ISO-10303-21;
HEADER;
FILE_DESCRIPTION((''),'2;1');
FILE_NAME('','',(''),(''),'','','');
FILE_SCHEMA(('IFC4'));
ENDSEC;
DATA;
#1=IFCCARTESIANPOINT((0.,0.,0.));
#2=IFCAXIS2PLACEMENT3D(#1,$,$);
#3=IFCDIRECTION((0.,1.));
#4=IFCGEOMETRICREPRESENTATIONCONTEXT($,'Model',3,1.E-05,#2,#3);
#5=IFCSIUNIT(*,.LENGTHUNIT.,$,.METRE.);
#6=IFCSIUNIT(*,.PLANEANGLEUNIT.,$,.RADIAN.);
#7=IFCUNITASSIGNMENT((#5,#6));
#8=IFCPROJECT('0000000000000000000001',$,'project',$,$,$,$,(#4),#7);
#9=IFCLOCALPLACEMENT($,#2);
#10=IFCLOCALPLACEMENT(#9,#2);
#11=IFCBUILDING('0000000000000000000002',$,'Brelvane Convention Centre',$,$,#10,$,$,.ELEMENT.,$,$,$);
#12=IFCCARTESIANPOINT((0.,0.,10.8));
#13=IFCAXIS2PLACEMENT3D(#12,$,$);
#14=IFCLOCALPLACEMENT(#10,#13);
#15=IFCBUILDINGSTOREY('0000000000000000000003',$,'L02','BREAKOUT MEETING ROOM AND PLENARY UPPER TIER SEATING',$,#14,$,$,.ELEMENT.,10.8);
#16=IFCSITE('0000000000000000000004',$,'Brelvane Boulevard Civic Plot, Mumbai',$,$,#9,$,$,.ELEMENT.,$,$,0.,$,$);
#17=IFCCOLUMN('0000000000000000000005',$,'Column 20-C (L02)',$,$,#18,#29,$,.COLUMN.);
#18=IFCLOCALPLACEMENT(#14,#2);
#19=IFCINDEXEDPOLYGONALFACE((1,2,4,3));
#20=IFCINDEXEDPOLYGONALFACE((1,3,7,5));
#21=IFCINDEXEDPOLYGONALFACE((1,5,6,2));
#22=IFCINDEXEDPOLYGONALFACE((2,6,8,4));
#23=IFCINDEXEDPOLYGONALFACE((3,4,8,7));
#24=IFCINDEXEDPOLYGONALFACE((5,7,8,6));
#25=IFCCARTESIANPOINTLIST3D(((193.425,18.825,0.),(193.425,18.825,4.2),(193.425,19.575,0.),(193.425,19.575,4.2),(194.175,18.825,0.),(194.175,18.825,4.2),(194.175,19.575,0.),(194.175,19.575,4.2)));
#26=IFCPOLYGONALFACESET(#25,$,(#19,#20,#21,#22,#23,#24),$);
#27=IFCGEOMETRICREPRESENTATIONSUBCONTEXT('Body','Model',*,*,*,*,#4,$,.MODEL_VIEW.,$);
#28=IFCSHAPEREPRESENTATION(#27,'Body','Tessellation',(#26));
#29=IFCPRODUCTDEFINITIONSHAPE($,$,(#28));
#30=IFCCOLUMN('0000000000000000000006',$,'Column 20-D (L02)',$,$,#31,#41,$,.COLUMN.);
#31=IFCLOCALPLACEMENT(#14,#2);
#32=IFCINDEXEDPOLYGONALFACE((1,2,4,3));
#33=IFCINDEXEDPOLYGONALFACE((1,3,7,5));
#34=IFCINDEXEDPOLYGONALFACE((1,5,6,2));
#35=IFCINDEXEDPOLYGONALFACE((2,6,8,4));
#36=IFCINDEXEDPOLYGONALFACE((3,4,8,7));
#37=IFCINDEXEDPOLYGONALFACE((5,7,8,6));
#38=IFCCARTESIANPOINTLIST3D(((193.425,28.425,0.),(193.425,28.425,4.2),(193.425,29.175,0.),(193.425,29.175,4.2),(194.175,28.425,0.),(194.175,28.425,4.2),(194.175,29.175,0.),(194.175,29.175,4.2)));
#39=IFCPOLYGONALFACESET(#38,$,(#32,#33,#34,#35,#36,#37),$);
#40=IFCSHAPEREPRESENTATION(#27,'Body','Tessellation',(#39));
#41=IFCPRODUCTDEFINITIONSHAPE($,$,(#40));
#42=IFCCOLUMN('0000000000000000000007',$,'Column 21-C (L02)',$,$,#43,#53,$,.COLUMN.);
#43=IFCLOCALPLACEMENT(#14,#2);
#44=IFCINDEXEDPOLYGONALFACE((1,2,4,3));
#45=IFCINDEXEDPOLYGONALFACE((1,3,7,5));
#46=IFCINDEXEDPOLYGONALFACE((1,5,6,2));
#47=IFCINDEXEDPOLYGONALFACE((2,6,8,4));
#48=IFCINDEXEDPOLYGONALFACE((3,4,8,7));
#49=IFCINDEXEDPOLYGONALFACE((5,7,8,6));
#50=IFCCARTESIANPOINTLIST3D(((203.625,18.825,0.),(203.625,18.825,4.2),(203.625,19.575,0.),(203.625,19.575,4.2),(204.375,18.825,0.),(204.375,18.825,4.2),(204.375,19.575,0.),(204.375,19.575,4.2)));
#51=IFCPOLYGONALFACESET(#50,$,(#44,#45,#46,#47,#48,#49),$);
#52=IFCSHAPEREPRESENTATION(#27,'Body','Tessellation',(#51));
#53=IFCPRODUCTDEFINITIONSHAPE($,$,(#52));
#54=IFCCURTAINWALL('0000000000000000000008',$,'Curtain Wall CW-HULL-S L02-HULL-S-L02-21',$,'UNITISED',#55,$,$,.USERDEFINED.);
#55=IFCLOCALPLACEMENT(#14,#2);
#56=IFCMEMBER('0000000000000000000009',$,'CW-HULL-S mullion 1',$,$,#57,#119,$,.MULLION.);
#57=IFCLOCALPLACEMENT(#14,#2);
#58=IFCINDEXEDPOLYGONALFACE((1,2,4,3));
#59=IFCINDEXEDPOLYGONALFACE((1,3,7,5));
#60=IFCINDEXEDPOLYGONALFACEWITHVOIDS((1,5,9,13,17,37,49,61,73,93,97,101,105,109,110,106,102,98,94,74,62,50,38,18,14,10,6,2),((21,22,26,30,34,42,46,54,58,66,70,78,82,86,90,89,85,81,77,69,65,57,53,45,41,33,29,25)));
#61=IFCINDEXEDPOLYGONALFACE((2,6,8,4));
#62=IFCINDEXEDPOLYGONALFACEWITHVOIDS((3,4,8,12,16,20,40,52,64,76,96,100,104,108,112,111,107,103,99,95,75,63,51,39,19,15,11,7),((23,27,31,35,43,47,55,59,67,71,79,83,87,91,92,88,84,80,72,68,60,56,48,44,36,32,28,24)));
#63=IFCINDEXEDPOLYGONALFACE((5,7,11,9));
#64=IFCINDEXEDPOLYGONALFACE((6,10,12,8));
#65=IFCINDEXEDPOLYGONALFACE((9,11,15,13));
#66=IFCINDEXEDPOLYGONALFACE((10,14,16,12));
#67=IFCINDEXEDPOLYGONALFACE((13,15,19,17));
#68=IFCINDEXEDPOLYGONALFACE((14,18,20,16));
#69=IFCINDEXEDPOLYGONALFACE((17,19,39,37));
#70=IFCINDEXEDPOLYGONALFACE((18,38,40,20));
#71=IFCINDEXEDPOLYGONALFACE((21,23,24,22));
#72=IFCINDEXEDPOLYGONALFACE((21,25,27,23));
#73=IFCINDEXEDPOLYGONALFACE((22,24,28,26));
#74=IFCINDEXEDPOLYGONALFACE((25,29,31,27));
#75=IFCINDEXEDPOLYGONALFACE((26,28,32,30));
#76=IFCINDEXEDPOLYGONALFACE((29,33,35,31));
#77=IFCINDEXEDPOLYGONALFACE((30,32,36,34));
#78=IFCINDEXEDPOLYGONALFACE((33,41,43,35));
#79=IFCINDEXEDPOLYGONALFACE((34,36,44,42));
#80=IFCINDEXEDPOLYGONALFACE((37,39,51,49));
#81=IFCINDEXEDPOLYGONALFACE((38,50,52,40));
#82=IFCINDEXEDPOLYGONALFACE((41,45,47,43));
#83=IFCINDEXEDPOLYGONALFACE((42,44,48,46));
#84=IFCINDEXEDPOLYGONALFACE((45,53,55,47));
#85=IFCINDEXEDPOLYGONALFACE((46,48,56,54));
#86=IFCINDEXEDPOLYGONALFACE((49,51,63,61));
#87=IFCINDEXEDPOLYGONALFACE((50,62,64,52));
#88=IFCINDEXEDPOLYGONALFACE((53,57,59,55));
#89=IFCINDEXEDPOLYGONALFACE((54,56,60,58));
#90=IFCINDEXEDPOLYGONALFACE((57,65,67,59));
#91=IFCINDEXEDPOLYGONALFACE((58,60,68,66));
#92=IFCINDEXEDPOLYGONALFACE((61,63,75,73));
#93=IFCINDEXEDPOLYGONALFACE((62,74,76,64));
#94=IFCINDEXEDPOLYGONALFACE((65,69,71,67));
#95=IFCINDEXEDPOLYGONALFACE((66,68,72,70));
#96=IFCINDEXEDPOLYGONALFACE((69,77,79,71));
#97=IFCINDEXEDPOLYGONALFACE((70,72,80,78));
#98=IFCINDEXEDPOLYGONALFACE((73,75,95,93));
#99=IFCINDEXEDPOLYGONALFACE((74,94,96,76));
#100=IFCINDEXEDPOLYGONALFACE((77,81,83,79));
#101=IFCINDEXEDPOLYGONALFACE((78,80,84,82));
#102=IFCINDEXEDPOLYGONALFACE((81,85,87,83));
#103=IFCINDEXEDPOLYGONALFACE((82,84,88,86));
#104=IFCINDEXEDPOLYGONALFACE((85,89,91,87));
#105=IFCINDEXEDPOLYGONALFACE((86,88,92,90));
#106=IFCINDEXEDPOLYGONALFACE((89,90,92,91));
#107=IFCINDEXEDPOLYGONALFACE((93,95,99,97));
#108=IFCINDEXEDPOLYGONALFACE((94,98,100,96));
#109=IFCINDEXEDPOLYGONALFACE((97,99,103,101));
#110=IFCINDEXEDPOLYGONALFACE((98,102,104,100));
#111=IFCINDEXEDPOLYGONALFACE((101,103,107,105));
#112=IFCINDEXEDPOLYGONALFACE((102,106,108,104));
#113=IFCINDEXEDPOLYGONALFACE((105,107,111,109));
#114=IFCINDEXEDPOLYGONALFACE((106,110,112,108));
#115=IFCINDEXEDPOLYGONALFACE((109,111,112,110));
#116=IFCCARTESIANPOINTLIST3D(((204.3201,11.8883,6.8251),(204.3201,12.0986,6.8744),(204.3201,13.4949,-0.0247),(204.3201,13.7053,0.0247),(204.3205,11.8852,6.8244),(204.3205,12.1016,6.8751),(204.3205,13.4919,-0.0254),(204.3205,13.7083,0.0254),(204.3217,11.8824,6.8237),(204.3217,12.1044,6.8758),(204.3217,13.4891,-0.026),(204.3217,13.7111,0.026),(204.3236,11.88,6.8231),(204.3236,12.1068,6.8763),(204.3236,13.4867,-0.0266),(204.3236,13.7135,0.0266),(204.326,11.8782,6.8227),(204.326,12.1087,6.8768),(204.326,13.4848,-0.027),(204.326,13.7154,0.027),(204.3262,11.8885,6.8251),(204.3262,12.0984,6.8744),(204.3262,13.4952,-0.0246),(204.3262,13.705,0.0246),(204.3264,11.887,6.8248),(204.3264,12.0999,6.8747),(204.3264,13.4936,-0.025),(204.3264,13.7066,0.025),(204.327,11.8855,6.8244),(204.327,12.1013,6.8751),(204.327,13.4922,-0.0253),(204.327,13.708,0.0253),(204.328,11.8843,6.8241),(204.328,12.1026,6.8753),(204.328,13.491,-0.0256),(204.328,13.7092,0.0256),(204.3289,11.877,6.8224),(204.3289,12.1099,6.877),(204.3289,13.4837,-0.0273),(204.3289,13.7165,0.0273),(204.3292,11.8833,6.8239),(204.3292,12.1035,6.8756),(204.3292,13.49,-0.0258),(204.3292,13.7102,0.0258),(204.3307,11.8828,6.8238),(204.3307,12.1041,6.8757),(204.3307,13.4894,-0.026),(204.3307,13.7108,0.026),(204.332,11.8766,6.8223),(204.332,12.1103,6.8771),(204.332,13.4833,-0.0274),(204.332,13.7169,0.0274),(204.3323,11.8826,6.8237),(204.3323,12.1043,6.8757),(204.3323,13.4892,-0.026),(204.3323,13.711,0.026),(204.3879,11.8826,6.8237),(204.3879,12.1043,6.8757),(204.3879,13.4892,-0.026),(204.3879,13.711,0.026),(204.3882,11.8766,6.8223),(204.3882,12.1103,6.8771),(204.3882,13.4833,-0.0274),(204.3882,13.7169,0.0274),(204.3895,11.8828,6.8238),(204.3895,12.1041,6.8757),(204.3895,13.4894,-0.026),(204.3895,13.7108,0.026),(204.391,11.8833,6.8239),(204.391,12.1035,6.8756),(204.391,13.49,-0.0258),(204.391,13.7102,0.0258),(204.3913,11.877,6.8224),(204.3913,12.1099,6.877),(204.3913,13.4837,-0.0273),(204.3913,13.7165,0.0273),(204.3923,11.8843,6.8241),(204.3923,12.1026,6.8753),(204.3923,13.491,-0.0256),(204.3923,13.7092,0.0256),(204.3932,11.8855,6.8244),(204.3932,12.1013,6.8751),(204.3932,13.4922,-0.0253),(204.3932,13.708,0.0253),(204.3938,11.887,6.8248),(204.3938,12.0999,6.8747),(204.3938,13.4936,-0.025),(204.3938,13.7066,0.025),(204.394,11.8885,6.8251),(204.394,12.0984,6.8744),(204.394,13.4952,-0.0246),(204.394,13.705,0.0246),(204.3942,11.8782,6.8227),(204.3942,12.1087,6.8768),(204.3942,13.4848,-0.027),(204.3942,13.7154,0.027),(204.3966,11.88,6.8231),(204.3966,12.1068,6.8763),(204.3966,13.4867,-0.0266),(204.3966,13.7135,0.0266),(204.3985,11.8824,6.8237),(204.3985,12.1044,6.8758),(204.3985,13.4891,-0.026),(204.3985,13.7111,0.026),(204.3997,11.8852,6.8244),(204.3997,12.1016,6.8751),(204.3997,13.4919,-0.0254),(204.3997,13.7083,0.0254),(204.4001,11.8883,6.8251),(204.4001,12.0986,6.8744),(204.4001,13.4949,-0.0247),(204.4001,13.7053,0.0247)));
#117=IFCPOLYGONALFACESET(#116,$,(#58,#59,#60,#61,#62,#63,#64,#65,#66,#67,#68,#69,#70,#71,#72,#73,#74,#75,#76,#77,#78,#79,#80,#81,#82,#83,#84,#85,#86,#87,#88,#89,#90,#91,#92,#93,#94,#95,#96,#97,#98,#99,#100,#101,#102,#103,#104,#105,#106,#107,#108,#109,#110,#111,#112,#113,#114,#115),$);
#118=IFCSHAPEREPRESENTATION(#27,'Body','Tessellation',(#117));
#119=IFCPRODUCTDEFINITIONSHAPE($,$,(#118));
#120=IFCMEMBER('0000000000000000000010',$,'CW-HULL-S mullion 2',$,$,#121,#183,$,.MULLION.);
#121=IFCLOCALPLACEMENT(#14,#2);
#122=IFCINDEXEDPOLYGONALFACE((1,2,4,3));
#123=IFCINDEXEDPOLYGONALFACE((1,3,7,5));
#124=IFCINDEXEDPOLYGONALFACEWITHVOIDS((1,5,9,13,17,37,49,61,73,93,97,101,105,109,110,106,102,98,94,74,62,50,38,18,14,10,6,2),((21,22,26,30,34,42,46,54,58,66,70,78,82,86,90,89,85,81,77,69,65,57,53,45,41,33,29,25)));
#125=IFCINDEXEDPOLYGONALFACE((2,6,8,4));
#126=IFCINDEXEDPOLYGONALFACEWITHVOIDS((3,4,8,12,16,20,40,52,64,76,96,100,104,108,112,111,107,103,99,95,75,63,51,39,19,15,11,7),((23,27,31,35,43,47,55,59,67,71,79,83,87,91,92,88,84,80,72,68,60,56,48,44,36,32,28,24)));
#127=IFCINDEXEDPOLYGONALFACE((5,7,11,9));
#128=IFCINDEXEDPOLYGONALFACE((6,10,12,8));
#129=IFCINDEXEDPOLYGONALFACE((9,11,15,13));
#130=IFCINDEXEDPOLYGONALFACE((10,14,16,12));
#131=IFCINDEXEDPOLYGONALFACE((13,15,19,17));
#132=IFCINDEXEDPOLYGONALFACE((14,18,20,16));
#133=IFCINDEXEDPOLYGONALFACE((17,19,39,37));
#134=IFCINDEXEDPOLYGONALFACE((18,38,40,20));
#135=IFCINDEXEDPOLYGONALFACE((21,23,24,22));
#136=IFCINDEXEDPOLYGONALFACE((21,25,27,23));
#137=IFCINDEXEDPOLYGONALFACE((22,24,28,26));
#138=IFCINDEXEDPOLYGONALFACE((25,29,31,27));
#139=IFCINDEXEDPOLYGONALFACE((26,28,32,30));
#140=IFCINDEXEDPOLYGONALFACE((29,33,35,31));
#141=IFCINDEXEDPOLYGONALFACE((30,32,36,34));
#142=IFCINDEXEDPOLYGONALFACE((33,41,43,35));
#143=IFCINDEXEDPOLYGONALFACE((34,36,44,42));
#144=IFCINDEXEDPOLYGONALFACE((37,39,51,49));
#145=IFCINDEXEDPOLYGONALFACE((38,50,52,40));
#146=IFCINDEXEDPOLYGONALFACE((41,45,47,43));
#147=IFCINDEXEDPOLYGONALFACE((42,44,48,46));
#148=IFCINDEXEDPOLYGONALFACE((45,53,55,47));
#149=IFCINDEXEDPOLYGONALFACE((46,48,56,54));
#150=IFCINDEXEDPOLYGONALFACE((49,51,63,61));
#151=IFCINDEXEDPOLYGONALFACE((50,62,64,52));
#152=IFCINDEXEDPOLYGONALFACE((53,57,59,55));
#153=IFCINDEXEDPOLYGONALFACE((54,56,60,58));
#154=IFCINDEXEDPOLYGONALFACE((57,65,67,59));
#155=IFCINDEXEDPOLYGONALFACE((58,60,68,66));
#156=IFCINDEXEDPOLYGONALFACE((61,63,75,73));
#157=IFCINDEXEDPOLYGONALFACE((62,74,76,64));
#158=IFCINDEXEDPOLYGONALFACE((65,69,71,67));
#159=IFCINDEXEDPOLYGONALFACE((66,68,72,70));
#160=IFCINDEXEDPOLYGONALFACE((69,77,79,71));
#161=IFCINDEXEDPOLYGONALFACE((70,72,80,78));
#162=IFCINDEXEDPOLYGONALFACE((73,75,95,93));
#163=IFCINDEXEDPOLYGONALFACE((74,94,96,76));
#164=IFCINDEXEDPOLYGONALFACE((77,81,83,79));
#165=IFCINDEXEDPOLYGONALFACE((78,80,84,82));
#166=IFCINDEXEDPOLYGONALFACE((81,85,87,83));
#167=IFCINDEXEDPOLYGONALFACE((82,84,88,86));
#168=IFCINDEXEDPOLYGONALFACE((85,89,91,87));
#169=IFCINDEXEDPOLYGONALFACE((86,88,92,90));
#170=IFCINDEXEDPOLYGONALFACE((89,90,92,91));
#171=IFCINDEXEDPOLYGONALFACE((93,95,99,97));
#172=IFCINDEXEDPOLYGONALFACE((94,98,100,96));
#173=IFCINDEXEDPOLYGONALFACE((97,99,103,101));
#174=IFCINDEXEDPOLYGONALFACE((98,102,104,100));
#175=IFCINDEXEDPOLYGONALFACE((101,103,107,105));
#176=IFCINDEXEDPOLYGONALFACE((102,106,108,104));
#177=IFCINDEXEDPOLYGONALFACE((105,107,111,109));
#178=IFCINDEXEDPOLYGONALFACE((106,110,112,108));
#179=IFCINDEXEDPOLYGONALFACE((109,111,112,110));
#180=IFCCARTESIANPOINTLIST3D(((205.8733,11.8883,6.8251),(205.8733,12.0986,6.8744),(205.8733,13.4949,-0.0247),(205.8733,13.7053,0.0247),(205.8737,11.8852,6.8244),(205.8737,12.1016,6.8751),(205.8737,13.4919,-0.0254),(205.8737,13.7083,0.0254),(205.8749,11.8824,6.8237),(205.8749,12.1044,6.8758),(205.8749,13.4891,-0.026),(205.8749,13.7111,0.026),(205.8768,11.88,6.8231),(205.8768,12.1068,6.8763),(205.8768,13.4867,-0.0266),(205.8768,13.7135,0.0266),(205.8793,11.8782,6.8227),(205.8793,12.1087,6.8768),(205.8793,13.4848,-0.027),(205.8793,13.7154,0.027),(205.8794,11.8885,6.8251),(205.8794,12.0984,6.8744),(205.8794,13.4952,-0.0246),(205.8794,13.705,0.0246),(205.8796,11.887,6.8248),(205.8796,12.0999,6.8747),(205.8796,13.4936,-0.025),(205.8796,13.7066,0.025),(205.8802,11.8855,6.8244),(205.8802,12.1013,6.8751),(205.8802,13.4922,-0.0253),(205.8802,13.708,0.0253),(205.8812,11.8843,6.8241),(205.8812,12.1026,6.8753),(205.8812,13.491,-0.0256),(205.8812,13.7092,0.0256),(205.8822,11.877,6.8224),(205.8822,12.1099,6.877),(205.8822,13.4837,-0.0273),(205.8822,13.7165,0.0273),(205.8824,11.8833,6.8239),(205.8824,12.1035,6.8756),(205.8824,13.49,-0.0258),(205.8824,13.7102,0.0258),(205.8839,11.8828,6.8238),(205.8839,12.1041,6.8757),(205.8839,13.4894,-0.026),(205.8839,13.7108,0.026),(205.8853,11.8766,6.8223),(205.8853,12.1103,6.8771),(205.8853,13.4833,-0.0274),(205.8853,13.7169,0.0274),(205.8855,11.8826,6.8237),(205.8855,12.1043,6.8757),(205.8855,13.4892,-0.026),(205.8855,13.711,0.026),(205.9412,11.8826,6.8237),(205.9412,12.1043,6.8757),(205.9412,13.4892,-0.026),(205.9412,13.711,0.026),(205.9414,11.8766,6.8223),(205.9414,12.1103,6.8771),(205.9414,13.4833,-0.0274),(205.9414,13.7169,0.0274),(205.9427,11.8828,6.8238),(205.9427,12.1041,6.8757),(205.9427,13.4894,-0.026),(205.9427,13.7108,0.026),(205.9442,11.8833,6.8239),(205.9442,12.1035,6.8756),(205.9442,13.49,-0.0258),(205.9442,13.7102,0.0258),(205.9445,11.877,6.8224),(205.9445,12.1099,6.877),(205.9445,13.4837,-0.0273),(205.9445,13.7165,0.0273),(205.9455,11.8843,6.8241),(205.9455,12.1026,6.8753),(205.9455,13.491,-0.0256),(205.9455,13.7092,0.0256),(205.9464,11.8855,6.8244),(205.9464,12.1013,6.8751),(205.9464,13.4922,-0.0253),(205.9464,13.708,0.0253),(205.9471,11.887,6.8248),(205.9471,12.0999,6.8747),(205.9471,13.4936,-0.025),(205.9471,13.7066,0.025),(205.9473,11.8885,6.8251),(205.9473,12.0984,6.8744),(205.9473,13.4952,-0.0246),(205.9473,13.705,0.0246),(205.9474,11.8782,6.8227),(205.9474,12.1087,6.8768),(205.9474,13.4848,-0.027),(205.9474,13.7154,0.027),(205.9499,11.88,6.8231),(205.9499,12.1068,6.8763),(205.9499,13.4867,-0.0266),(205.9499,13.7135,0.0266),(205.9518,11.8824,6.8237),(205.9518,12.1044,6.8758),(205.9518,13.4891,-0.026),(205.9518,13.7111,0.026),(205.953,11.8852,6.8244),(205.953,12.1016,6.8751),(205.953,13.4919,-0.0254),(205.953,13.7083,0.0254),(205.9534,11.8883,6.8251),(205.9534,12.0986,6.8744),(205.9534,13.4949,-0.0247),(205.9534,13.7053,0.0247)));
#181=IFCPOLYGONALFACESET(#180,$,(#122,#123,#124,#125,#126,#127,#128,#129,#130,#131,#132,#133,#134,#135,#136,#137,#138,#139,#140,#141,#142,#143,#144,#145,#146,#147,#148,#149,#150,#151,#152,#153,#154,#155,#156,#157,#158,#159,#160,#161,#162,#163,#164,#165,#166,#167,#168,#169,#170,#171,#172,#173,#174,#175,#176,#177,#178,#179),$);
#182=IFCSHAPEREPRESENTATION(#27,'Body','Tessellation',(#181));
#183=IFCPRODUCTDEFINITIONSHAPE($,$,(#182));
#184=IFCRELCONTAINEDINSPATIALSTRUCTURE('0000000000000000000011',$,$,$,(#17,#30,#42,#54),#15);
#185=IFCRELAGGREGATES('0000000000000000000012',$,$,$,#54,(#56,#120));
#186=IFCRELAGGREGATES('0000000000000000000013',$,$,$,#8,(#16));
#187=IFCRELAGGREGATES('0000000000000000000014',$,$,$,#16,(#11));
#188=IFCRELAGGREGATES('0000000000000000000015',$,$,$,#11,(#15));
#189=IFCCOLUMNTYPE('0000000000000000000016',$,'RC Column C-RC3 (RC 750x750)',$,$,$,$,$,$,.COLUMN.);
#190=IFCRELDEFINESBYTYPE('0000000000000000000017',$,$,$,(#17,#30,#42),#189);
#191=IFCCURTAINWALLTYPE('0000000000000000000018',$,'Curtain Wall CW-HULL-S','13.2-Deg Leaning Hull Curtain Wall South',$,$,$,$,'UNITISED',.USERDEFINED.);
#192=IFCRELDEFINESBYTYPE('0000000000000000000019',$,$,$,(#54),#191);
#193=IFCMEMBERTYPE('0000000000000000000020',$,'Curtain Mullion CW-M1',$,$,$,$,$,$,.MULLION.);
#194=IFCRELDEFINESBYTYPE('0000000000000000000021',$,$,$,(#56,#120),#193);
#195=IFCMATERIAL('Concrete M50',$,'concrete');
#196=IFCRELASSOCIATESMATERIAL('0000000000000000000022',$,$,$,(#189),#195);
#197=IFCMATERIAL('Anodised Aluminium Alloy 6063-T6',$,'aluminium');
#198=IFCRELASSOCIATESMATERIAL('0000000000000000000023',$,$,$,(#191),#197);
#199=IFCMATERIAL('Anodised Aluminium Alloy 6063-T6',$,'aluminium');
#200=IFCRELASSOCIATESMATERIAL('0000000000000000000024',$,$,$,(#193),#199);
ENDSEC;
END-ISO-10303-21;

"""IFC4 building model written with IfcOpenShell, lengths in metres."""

from ifc_helpers import new_model, si_unit, direction, frame, origin, origin_2d, place, context, subcontext, project, spatial, rectangle, hollow_rectangle, extrude, material, material_profile, profile_set, type_object, element, aggregate, save


model = new_model("IFC4")

# Units and contexts
model_context = context("Model", 3, precision=1e-05, world=origin(), true_north=direction((0.0, 1.0)))
body_context = subcontext(model_context, "Body", "Model", "MODEL_VIEW")
ifc_project = project(units=[si_unit("LENGTHUNIT", "METRE"), si_unit("PLANEANGLEUNIT", "RADIAN")], contexts=[model_context])

# Site, building, storey
site_placement = place(None, origin())
site = spatial("IfcSite", under=ifc_project, at=site_placement, Name="Brelvane Boulevard Civic Plot, Mumbai", CompositionType="ELEMENT", RefElevation=0.0)
building_placement = place(site_placement, origin())
building = spatial("IfcBuilding", under=site, at=building_placement, Name="Brelvane Convention Centre", CompositionType="ELEMENT")
storey_placement = place(building_placement, frame((0.0, 0.0, 10.8)))
storey = spatial("IfcBuildingStorey", under=building, at=storey_placement, Name="L02", Description="BREAKOUT MEETING ROOM AND PLENARY UPPER TIER SEATING", CompositionType="ELEMENT", Elevation=10.8)

# Columns
ifc_material_1 = material(Name="Concrete M50", Category="concrete")
ifc_material_profile_1 = material_profile(ifc_material_1, rectangle(XDim=0.75, YDim=0.75, at=origin_2d()), Name="RC 750x750")
ifc_profile_set_1 = profile_set([ifc_material_profile_1], Name="Concrete M50")
column_type = type_object("IfcColumnType", Name="RC Column C-RC3 (RC 750x750)", PredefinedType="COLUMN", material=ifc_profile_set_1)
for number, where, z_axis, x_axis, name in (
    (1, (193.8, 19.2, 0.0), (0.0, 0.0, 1.0), (1.0, 0.0, 0.0), "Column 20-C (L02)"),
    (2, (193.8, 28.8, 0.0), (0.0, 0.0, 1.0), (1.0, 0.0, 0.0), "Column 20-D (L02)"),
    (3, (204.0, 19.2, 0.0), (0.0, 0.0, 1.0), (1.0, 0.0, 0.0), "Column 21-C (L02)"),
):
    element("IfcColumn", number, at=place(storey_placement, frame(where, z_axis=z_axis, x_axis=x_axis)), inside=storey, type_object=column_type, Name=name, PredefinedType="COLUMN", context=body_context, shape_type="SweptSolid", body=[
        extrude(rectangle(XDim=0.75, YDim=0.75, at=origin_2d()), origin(), (0.0, 0.0, 1.0), 4.2),
    ])

# Curtain wall, members
ifc_material_2 = material(Name="Anodised Aluminium Alloy 6063-T6", Category="aluminium")
curtain_wall_type = type_object("IfcCurtainWallType", Name="Curtain Wall CW-HULL-S", Description="13.2-Deg Leaning Hull Curtain Wall South", ElementType="UNITISED", PredefinedType="USERDEFINED", material=ifc_material_2)
curtain_wall_placement = place(storey_placement, origin())
curtain_wall = element("IfcCurtainWall", 4, at=curtain_wall_placement, inside=storey, type_object=curtain_wall_type, Name="Curtain Wall CW-HULL-S L02-HULL-S-L02-21", ObjectType="UNITISED", PredefinedType="USERDEFINED")
ifc_material_3 = material(Name="Anodised Aluminium Alloy 6063-T6", Category="aluminium")
ifc_material_profile_2 = material_profile(ifc_material_3, hollow_rectangle(XDim=0.0801, YDim=0.24, WallThickness=0.0061, InnerFilletRadius=0.0061, OuterFilletRadius=0.012, at=origin_2d()), Name="ALU-M 240x80x6.0")
ifc_profile_set_2 = profile_set([ifc_material_profile_2], Name="Anodised Aluminium Alloy 6063-T6")
member_type = type_object("IfcMemberType", Name="Curtain Mullion CW-M1", PredefinedType="MULLION", material=ifc_profile_set_2)
member_1_placement = place(storey_placement, frame((204.3601, 13.6001, 0.0), z_axis=(0.0, -0.22836, 0.973577), x_axis=(1.0, 0.0, 0.0)))
member_1 = element("IfcMember", 5, at=member_1_placement, type_object=member_type, Name="CW-HULL-S mullion 1", PredefinedType="MULLION", context=body_context, shape_type="SweptSolid", body=[
    extrude(hollow_rectangle(XDim=0.0801, YDim=0.24, WallThickness=0.0061, InnerFilletRadius=0.0061, OuterFilletRadius=0.012, at=origin_2d()), origin(), (0.0, 0.0, 1.0), 7.0356),
])
member_2_placement = place(storey_placement, frame((205.9133, 13.6001, 0.0), z_axis=(0.0, -0.22836, 0.973577), x_axis=(1.0, 0.0, 0.0)))
member_2 = element("IfcMember", 6, at=member_2_placement, type_object=member_type, Name="CW-HULL-S mullion 2", PredefinedType="MULLION", context=body_context, shape_type="SweptSolid", body=[
    extrude(hollow_rectangle(XDim=0.0801, YDim=0.24, WallThickness=0.0061, InnerFilletRadius=0.0061, OuterFilletRadius=0.012, at=origin_2d()), origin(), (0.0, 0.0, 1.0), 7.0356),
])
aggregate(curtain_wall, [member_1, member_2])

save(model, "model.ifc")
